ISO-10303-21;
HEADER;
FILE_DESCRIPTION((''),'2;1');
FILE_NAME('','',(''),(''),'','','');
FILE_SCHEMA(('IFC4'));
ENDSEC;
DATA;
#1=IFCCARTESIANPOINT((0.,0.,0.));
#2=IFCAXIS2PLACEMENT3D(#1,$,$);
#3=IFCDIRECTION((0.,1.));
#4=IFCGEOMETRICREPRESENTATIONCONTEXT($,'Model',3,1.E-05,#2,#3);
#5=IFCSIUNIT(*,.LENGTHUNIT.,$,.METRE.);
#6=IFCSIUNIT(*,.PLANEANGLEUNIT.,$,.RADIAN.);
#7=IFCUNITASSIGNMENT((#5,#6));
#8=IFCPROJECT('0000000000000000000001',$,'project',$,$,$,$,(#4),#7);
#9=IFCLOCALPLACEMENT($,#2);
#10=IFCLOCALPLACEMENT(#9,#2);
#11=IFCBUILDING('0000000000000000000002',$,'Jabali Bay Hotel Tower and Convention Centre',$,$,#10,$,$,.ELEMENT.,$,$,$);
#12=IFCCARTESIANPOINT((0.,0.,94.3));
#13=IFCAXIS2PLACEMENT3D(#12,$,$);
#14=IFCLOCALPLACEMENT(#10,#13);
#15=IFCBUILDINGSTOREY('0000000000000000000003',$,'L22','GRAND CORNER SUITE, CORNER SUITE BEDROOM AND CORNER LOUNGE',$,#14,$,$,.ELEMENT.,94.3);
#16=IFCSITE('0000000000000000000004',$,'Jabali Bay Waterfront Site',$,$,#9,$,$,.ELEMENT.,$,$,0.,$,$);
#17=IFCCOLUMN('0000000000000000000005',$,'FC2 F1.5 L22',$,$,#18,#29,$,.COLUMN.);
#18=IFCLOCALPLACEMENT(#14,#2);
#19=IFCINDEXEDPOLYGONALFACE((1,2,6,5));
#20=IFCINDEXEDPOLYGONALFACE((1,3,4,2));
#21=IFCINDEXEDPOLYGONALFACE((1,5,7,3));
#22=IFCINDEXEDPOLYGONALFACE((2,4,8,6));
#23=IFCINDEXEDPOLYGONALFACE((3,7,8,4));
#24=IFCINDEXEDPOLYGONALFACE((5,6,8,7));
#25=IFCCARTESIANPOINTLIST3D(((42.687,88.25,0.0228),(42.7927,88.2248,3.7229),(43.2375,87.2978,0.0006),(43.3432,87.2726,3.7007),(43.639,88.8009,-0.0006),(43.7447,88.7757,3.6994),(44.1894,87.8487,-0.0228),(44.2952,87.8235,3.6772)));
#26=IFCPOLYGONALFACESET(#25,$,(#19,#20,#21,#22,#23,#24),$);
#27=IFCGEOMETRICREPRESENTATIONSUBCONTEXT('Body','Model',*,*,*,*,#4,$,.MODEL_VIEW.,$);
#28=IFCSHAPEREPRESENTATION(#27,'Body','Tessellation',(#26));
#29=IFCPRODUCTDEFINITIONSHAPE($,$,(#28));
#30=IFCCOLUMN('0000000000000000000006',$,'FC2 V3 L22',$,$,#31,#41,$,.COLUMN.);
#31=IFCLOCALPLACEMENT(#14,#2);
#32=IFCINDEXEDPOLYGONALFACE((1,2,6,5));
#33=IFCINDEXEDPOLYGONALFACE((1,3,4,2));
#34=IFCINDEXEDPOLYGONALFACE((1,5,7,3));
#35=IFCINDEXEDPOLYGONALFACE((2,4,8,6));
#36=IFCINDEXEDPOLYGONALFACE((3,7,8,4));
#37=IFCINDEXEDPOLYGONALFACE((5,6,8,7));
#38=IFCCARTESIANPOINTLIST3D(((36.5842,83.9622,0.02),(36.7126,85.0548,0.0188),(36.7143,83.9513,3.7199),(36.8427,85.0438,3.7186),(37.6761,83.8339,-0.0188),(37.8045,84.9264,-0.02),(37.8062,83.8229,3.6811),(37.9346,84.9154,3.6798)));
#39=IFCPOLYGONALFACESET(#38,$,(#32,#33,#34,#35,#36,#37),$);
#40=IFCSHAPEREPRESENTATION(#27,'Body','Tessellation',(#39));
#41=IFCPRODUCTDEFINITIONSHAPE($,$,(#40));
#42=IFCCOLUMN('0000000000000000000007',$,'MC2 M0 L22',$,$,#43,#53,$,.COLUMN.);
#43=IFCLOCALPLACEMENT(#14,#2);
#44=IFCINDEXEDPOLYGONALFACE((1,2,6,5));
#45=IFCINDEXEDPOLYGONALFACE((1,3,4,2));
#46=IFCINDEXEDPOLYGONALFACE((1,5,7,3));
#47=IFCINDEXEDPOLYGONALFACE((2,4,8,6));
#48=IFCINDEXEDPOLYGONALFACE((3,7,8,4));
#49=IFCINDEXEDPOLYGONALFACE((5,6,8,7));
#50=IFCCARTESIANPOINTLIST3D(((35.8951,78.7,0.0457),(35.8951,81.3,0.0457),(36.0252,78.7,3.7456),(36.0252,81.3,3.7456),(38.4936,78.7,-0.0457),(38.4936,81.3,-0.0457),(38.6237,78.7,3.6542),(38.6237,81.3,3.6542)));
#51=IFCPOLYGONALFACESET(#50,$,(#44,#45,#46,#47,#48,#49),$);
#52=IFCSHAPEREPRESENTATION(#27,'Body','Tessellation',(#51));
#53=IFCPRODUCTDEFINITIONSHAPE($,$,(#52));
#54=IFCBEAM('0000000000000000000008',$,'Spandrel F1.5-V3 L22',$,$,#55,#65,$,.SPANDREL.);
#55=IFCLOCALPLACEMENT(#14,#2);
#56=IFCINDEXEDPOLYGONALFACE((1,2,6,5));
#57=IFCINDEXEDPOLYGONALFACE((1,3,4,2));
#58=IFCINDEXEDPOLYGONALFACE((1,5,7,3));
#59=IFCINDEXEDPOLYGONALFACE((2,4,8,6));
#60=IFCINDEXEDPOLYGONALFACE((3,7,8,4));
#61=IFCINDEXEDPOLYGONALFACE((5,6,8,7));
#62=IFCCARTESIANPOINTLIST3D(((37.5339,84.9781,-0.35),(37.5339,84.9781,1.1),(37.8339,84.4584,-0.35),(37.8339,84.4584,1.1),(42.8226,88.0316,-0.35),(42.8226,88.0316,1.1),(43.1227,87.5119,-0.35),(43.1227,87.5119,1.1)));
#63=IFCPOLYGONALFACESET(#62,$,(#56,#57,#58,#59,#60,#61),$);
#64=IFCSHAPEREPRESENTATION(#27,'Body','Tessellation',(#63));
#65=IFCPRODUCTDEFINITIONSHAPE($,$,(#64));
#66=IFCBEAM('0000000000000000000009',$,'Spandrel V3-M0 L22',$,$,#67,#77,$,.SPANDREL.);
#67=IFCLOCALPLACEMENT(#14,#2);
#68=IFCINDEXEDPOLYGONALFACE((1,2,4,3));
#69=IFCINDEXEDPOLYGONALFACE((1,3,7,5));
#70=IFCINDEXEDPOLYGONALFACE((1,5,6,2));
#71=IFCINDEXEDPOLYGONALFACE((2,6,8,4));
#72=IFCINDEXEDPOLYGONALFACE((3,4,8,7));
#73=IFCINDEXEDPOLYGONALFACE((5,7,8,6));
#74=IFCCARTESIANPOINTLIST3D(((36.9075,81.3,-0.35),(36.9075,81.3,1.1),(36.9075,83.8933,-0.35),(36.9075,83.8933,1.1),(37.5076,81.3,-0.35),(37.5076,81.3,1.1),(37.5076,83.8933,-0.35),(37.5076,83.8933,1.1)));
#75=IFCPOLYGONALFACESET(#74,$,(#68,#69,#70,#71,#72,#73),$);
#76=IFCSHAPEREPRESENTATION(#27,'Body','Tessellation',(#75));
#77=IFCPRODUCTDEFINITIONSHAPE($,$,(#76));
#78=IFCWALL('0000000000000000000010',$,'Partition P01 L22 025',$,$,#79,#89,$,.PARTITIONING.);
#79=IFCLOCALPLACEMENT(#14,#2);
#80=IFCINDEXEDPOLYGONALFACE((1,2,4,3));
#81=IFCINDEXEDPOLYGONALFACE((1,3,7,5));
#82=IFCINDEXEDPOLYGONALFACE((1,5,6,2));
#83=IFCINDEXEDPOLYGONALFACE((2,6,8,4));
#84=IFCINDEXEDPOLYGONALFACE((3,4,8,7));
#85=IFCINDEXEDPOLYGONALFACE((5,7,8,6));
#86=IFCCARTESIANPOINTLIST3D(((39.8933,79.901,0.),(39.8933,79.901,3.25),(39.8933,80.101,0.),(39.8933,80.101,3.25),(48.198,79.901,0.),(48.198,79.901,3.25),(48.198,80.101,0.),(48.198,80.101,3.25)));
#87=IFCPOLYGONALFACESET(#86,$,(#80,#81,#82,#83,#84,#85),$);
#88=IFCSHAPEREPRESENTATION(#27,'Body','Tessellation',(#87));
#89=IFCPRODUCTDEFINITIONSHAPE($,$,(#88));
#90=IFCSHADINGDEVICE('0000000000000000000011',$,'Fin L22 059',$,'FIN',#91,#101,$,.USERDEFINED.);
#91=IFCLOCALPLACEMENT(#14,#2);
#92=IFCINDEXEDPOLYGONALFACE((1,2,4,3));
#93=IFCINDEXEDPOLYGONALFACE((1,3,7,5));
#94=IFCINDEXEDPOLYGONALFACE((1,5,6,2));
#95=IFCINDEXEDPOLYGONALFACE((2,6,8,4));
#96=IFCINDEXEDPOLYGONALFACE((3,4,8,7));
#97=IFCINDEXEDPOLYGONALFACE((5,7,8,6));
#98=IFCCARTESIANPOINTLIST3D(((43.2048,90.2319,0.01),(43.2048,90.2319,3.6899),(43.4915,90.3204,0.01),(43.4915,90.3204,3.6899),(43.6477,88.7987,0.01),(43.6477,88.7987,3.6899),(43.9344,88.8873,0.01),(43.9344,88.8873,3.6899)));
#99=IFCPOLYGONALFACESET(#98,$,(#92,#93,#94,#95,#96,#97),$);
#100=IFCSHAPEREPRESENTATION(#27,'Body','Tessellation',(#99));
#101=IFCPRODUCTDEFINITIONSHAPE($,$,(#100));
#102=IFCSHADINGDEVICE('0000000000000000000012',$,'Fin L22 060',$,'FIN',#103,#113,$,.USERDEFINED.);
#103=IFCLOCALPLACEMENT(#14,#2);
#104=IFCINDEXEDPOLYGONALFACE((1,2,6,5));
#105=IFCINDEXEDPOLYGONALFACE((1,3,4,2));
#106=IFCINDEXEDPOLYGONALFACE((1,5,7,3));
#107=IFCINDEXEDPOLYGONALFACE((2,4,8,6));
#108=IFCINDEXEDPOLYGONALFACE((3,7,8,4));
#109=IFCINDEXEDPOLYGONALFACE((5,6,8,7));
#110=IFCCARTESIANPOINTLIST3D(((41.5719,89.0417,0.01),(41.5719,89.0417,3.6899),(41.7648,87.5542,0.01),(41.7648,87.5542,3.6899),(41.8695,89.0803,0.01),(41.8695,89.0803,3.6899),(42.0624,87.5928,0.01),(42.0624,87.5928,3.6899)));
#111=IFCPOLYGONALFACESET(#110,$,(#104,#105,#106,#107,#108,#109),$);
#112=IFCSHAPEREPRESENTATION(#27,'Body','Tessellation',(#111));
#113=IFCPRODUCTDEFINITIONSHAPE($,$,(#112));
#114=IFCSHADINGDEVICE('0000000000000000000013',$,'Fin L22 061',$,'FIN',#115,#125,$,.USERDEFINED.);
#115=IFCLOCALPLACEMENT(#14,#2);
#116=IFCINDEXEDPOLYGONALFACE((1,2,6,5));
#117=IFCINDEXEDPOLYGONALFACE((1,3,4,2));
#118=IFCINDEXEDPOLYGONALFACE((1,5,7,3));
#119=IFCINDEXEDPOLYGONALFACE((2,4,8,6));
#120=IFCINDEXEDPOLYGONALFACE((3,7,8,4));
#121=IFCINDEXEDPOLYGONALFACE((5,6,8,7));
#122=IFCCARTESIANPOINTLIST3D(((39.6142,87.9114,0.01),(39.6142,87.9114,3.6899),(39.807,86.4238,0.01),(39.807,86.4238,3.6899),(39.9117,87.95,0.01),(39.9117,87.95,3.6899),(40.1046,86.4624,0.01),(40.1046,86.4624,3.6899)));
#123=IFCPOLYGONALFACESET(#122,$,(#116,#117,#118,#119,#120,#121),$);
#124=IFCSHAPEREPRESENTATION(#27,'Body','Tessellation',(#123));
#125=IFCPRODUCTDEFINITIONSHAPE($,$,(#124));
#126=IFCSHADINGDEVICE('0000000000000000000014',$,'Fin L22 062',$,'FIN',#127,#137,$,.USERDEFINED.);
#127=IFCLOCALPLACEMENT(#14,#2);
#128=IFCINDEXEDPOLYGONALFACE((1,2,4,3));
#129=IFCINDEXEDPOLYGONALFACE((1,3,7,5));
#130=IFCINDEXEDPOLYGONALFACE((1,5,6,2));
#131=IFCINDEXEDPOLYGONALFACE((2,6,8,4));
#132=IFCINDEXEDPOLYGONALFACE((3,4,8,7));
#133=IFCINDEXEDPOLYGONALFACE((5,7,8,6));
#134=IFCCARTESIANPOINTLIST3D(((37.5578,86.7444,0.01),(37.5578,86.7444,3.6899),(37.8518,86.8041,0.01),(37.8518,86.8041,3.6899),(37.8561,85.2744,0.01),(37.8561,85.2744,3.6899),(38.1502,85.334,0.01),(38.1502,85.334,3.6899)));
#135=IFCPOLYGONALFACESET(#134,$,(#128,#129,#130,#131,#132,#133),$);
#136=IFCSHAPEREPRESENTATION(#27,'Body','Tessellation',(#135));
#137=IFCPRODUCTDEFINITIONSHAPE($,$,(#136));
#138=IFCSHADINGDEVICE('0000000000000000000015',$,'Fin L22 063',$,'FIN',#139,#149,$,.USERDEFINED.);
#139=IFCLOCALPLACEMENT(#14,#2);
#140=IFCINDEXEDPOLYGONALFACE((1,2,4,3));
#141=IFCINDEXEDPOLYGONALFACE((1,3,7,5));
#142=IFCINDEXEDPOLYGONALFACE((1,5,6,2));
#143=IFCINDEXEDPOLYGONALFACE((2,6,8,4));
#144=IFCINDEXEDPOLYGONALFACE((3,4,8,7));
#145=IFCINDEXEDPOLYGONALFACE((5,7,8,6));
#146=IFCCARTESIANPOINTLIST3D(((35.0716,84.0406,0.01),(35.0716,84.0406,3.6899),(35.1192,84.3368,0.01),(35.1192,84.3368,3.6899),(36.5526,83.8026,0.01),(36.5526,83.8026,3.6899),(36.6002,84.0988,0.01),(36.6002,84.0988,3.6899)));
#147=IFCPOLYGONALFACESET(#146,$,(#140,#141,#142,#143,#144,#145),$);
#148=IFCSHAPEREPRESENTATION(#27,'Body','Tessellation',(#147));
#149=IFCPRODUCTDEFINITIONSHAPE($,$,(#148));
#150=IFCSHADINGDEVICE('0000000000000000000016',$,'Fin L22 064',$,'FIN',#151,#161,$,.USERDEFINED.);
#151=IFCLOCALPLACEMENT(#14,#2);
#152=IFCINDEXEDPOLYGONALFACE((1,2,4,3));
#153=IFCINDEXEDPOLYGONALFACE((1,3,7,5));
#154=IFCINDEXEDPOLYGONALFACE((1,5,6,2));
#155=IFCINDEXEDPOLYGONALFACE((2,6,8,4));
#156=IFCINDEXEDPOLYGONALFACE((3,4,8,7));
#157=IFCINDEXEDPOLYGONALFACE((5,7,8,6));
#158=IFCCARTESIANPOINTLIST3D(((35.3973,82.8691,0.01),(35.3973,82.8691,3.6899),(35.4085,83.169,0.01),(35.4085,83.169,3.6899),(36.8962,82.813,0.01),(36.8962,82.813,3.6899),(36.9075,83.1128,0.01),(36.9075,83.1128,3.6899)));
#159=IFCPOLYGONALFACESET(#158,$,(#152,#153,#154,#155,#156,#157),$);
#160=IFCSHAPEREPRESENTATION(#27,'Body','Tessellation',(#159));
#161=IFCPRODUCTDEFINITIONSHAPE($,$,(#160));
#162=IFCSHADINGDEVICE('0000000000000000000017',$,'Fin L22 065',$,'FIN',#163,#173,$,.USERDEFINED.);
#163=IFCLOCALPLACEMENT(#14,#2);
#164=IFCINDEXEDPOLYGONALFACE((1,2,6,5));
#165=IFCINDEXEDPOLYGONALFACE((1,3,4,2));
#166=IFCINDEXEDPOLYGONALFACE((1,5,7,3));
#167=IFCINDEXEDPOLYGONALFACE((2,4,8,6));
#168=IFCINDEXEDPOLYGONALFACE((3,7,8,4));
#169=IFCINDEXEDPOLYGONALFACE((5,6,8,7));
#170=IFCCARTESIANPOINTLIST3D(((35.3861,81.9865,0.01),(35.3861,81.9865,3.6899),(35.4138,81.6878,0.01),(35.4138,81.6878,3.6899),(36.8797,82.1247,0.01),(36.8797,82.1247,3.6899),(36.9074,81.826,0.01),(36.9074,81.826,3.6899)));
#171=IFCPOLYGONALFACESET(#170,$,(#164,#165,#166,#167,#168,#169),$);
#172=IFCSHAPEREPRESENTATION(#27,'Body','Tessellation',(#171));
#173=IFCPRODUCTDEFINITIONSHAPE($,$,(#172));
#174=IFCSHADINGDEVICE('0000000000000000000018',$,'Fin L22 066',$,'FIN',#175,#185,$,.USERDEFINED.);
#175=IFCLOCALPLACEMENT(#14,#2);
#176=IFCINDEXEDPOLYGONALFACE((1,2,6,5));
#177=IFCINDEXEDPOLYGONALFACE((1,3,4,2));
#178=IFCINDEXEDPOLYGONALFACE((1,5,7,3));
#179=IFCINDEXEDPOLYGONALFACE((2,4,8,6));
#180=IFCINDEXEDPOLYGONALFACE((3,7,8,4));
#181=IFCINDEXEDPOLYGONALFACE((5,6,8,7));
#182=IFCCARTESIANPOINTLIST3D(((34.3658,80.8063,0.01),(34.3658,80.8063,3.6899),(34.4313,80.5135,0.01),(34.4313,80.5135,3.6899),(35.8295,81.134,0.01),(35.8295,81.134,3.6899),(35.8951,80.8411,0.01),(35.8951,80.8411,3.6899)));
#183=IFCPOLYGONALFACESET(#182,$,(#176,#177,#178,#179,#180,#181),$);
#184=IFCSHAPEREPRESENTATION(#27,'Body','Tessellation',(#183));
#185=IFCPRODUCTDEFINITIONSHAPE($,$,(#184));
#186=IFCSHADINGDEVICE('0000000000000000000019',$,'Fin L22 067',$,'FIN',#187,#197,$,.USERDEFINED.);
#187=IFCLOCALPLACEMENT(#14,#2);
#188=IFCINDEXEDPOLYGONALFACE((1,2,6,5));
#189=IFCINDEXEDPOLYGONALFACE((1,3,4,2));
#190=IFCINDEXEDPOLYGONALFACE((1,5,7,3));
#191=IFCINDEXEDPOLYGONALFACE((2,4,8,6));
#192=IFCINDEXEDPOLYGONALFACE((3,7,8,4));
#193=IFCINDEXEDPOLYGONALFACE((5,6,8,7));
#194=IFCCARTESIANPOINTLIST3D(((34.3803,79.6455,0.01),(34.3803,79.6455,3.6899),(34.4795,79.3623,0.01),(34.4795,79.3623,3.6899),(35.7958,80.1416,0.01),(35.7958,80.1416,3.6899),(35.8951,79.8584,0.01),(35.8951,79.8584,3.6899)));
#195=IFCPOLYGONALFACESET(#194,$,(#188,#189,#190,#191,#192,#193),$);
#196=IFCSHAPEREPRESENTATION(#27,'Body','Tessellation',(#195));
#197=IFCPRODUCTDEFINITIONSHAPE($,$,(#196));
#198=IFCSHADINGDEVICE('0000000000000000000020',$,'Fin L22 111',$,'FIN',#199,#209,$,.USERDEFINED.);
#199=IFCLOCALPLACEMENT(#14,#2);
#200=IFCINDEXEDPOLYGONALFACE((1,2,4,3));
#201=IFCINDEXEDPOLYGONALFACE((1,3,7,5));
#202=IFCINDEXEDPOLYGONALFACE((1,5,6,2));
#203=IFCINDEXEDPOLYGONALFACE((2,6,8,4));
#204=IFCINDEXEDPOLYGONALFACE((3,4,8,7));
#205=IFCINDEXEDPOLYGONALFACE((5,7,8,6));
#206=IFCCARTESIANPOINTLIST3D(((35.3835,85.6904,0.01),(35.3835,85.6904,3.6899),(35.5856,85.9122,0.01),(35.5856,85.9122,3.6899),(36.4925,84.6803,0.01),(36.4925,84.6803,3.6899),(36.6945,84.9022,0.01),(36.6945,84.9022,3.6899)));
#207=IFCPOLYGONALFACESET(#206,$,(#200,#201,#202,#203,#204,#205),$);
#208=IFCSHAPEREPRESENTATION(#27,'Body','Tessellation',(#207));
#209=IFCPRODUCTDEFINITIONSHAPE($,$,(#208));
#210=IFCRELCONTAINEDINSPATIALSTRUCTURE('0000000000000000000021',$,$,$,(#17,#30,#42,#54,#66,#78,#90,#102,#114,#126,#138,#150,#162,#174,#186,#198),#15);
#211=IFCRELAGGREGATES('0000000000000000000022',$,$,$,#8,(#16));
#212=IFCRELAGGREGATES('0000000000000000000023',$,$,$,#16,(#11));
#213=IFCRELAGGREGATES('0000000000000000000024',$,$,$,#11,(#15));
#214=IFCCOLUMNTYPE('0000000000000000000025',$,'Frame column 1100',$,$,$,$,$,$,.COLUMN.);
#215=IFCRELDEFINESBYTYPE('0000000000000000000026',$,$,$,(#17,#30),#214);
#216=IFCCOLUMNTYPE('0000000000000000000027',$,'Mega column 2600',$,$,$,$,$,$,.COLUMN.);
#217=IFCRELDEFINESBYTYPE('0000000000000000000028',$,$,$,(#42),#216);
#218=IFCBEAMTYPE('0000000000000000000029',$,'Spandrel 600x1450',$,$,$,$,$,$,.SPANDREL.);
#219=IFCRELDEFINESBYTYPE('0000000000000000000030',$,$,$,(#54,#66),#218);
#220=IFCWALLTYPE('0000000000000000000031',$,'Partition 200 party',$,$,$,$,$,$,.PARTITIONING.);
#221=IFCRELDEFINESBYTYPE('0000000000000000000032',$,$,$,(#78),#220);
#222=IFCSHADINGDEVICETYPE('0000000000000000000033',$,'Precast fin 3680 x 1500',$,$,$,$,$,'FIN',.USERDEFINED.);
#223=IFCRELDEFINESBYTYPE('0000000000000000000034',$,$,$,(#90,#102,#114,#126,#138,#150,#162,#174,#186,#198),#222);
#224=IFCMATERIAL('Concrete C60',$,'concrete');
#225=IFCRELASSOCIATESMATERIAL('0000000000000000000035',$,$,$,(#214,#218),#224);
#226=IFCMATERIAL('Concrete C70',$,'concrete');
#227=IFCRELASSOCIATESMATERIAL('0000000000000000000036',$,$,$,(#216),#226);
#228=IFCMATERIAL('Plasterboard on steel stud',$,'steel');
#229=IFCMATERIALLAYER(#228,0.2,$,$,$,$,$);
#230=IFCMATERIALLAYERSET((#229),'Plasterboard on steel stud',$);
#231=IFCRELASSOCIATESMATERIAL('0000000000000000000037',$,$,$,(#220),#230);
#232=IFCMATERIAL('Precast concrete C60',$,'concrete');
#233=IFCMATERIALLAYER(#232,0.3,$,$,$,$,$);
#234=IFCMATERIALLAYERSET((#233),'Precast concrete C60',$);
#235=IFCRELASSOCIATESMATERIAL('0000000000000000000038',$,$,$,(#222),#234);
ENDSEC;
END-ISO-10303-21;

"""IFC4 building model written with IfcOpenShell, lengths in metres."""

from ifc_helpers import new_model, si_unit, direction, frame, frame_2d, origin, origin_2d, place, context, subcontext, project, spatial, rectangle, extrude, material, layer, layer_set, material_profile, profile_set, type_object, element, save


model = new_model("IFC4")

# Units and contexts
model_context = context("Model", 3, precision=1e-05, world=origin(), true_north=direction((0.0, 1.0)))
body_context = subcontext(model_context, "Body", "Model", "MODEL_VIEW")
ifc_project = project(units=[si_unit("LENGTHUNIT", "METRE"), si_unit("PLANEANGLEUNIT", "RADIAN")], contexts=[model_context])

# Site, building, storey
site_placement = place(None, origin())
site = spatial("IfcSite", under=ifc_project, at=site_placement, Name="Jabali Bay Waterfront Site", CompositionType="ELEMENT", RefElevation=0.0)
building_placement = place(site_placement, origin())
building = spatial("IfcBuilding", under=site, at=building_placement, Name="Jabali Bay Hotel Tower and Convention Centre", CompositionType="ELEMENT")
storey_placement = place(building_placement, frame((0.0, 0.0, 94.3)))
storey = spatial("IfcBuildingStorey", under=building, at=storey_placement, Name="L22", Description="GRAND CORNER SUITE, CORNER SUITE BEDROOM AND CORNER LOUNGE", CompositionType="ELEMENT", Elevation=94.3)

# Columns
ifc_material_1 = material(Name="Concrete C60", Category="concrete")
ifc_material_profile_1 = material_profile(ifc_material_1, rectangle(XDim=1.1001, YDim=1.1001, at=origin_2d()), Name="Frame column 1100")
ifc_profile_set_1 = profile_set([ifc_material_profile_1], Name="Concrete C60")
column_type_1 = type_object("IfcColumnType", Name="Frame column 1100", PredefinedType="COLUMN", material=ifc_profile_set_1)
column_1_placement = place(storey_placement, frame((43.4382, 88.0493, 0.0), z_axis=(0.028559, -0.006794, 0.999569), x_axis=(-0.500406, 0.865556, 0.02018)))
element("IfcColumn", 1, at=column_1_placement, inside=storey, type_object=column_type_1, Name="FC2 F1.5 L22", PredefinedType="COLUMN", context=body_context, shape_type="SweptSolid", body=[
    extrude(rectangle(XDim=1.1001, YDim=1.1001, at=origin_2d()), origin(), (0.0, 0.0, 1.0), 3.7017),
])
column_2_placement = place(storey_placement, frame((37.1943, 84.4443, 0.0), z_axis=(0.035148, -0.002967, 0.999378), x_axis=(-0.992542, 0.116697, 0.035254)))
element("IfcColumn", 2, at=column_2_placement, inside=storey, type_object=column_type_1, Name="FC2 V3 L22", PredefinedType="COLUMN", context=body_context, shape_type="SweptSolid", body=[
    extrude(rectangle(XDim=1.1001, YDim=1.1001, at=origin_2d()), origin(), (0.0, 0.0, 1.0), 3.7021),
])
ifc_material_2 = material(Name="Concrete C70", Category="concrete")
ifc_material_profile_2 = material_profile(ifc_material_2, rectangle(XDim=2.6001, YDim=2.6001, at=origin_2d()), Name="Mega column 2600")
ifc_profile_set_2 = profile_set([ifc_material_profile_2], Name="Concrete C70")
column_type_2 = type_object("IfcColumnType", Name="Mega column 2600", PredefinedType="COLUMN", material=ifc_profile_set_2)
column_3_placement = place(storey_placement, frame((37.1943, 80.0, 0.0), z_axis=(0.035148, 0.0, 0.999382), x_axis=(0.0, 1.0, 0.0)))
element("IfcColumn", 3, at=column_3_placement, inside=storey, type_object=column_type_2, Name="MC2 M0 L22", PredefinedType="COLUMN", context=body_context, shape_type="SweptSolid", body=[
    extrude(rectangle(XDim=2.6001, YDim=2.6001, at=origin_2d()), origin(), (0.0, 0.0, 1.0), 3.7021),
])

# Beams
ifc_material_profile_3 = material_profile(ifc_material_1, rectangle(XDim=0.6001, YDim=1.45, at=origin_2d()), Name="Spandrel 600x1450")
ifc_profile_set_3 = profile_set([ifc_material_profile_3], Name="Concrete C60")
beam_type = type_object("IfcBeamType", Name="Spandrel 600x1450", PredefinedType="SPANDREL", material=ifc_profile_set_3)
beam_1_placement = place(storey_placement, frame((42.9727, 87.7717, 0.375), z_axis=(-0.866028, -0.499996, 0.0), x_axis=(0.499996, -0.866028, 0.0)))
element("IfcBeam", 4, at=beam_1_placement, inside=storey, type_object=beam_type, Name="Spandrel F1.5-V3 L22", PredefinedType="SPANDREL", context=body_context, shape_type="SweptSolid", body=[
    extrude(rectangle(XDim=0.6001, YDim=1.45, at=origin_2d()), origin(), (0.0, 0.0, 1.0), 6.1069),
])
beam_2_placement = place(storey_placement, frame((37.2075, 83.8933, 0.375), z_axis=(0.0, -1.0, 0.0), x_axis=(1.0, 0.0, 0.0)))
element("IfcBeam", 5, at=beam_2_placement, inside=storey, type_object=beam_type, Name="Spandrel V3-M0 L22", PredefinedType="SPANDREL", context=body_context, shape_type="SweptSolid", body=[
    extrude(rectangle(XDim=0.6001, YDim=1.45, at=origin_2d()), origin(), (0.0, 0.0, 1.0), 2.5933),
])

# Wall
ifc_material_3 = material(Name="Plasterboard on steel stud", Category="steel")
ifc_layer_1 = layer(ifc_material_3, 0.2)
ifc_layer_set_1 = layer_set([ifc_layer_1], Name="Plasterboard on steel stud")
wall_type_1 = type_object("IfcWallType", Name="Partition 200 party", PredefinedType="PARTITIONING", material=ifc_layer_set_1)
wall_1_placement = place(storey_placement, frame((39.8933, 80.001, 0.0), z_axis=(0.0, 0.0, 1.0), x_axis=(1.0, 0.0, 0.0)))
element("IfcWall", 6, at=wall_1_placement, inside=storey, type_object=wall_type_1, Name="Partition P01 L22 025", PredefinedType="PARTITIONING", context=body_context, shape_type="SweptSolid", body=[
    extrude(rectangle(XDim=8.3047, YDim=0.2, at=frame_2d((4.1523, 0.0))), origin(), (0.0, 0.0, 1.0), 3.25),
])

# Shading devices
ifc_material_4 = material(Name="Precast concrete C60", Category="concrete")
ifc_layer_2 = layer(ifc_material_4, 0.3)
ifc_layer_set_2 = layer_set([ifc_layer_2], Name="Precast concrete C60")
shading_device_type = type_object("IfcShadingDeviceType", Name="Precast fin 3680 x 1500", ElementType="FIN", PredefinedType="USERDEFINED", material=ifc_layer_set_2)
for number, where, z_axis, x_axis, name in (
    (7, (43.791, 88.843, 0.01), (0.0, 0.0, 1.0), (-0.295252, 0.955419, 0.0), "Fin L22 059"),
    (8, (41.9136, 87.5735, 0.01), (0.0, 0.0, 1.0), (-0.128581, 0.991699, 0.0), "Fin L22 060"),
    (9, (39.9558, 86.4431, 0.01), (0.0, 0.0, 1.0), (-0.128581, 0.991699, 0.0), "Fin L22 061"),
    (10, (38.0032, 85.3042, 0.01), (0.0, 0.0, 1.0), (-0.198901, 0.98002, 0.0), "Fin L22 062"),
    (11, (36.5764, 83.9507, 0.01), (0.0, 0.0, 1.0), (-0.987328, 0.158695, 0.0), "Fin L22 063"),
    (12, (36.9019, 82.9629, 0.01), (0.0, 0.0, 1.0), (-0.999299, 0.037433, 0.0), "Fin L22 064"),
    (13, (36.8936, 81.9753, 0.01), (0.0, 0.0, 1.0), (-0.995748, -0.092121, 0.0), "Fin L22 065"),
    (14, (35.8623, 80.9875, 0.01), (0.0, 0.0, 1.0), (-0.975857, -0.218412, 0.0), "Fin L22 066"),
    (15, (35.8455, 80.0, 0.01), (0.0, 0.0, 1.0), (-0.943721, -0.330742, 0.0), "Fin L22 067"),
    (16, (36.5935, 84.7913, 0.01), (0.0, 0.0, 1.0), (-0.739299, 0.673377, 0.0), "Fin L22 111"),
):
    element("IfcShadingDevice", number, at=place(storey_placement, frame(where, z_axis=z_axis, x_axis=x_axis)), inside=storey, type_object=shading_device_type, Name=name, ObjectType="FIN", PredefinedType="USERDEFINED", context=body_context, shape_type="SweptSolid", body=[
        extrude(rectangle(XDim=1.5, YDim=0.3, at=frame_2d((0.75, 0.0))), origin(), (0.0, 0.0, 1.0), 3.6799),
    ])

save(model, "model.ifc")
